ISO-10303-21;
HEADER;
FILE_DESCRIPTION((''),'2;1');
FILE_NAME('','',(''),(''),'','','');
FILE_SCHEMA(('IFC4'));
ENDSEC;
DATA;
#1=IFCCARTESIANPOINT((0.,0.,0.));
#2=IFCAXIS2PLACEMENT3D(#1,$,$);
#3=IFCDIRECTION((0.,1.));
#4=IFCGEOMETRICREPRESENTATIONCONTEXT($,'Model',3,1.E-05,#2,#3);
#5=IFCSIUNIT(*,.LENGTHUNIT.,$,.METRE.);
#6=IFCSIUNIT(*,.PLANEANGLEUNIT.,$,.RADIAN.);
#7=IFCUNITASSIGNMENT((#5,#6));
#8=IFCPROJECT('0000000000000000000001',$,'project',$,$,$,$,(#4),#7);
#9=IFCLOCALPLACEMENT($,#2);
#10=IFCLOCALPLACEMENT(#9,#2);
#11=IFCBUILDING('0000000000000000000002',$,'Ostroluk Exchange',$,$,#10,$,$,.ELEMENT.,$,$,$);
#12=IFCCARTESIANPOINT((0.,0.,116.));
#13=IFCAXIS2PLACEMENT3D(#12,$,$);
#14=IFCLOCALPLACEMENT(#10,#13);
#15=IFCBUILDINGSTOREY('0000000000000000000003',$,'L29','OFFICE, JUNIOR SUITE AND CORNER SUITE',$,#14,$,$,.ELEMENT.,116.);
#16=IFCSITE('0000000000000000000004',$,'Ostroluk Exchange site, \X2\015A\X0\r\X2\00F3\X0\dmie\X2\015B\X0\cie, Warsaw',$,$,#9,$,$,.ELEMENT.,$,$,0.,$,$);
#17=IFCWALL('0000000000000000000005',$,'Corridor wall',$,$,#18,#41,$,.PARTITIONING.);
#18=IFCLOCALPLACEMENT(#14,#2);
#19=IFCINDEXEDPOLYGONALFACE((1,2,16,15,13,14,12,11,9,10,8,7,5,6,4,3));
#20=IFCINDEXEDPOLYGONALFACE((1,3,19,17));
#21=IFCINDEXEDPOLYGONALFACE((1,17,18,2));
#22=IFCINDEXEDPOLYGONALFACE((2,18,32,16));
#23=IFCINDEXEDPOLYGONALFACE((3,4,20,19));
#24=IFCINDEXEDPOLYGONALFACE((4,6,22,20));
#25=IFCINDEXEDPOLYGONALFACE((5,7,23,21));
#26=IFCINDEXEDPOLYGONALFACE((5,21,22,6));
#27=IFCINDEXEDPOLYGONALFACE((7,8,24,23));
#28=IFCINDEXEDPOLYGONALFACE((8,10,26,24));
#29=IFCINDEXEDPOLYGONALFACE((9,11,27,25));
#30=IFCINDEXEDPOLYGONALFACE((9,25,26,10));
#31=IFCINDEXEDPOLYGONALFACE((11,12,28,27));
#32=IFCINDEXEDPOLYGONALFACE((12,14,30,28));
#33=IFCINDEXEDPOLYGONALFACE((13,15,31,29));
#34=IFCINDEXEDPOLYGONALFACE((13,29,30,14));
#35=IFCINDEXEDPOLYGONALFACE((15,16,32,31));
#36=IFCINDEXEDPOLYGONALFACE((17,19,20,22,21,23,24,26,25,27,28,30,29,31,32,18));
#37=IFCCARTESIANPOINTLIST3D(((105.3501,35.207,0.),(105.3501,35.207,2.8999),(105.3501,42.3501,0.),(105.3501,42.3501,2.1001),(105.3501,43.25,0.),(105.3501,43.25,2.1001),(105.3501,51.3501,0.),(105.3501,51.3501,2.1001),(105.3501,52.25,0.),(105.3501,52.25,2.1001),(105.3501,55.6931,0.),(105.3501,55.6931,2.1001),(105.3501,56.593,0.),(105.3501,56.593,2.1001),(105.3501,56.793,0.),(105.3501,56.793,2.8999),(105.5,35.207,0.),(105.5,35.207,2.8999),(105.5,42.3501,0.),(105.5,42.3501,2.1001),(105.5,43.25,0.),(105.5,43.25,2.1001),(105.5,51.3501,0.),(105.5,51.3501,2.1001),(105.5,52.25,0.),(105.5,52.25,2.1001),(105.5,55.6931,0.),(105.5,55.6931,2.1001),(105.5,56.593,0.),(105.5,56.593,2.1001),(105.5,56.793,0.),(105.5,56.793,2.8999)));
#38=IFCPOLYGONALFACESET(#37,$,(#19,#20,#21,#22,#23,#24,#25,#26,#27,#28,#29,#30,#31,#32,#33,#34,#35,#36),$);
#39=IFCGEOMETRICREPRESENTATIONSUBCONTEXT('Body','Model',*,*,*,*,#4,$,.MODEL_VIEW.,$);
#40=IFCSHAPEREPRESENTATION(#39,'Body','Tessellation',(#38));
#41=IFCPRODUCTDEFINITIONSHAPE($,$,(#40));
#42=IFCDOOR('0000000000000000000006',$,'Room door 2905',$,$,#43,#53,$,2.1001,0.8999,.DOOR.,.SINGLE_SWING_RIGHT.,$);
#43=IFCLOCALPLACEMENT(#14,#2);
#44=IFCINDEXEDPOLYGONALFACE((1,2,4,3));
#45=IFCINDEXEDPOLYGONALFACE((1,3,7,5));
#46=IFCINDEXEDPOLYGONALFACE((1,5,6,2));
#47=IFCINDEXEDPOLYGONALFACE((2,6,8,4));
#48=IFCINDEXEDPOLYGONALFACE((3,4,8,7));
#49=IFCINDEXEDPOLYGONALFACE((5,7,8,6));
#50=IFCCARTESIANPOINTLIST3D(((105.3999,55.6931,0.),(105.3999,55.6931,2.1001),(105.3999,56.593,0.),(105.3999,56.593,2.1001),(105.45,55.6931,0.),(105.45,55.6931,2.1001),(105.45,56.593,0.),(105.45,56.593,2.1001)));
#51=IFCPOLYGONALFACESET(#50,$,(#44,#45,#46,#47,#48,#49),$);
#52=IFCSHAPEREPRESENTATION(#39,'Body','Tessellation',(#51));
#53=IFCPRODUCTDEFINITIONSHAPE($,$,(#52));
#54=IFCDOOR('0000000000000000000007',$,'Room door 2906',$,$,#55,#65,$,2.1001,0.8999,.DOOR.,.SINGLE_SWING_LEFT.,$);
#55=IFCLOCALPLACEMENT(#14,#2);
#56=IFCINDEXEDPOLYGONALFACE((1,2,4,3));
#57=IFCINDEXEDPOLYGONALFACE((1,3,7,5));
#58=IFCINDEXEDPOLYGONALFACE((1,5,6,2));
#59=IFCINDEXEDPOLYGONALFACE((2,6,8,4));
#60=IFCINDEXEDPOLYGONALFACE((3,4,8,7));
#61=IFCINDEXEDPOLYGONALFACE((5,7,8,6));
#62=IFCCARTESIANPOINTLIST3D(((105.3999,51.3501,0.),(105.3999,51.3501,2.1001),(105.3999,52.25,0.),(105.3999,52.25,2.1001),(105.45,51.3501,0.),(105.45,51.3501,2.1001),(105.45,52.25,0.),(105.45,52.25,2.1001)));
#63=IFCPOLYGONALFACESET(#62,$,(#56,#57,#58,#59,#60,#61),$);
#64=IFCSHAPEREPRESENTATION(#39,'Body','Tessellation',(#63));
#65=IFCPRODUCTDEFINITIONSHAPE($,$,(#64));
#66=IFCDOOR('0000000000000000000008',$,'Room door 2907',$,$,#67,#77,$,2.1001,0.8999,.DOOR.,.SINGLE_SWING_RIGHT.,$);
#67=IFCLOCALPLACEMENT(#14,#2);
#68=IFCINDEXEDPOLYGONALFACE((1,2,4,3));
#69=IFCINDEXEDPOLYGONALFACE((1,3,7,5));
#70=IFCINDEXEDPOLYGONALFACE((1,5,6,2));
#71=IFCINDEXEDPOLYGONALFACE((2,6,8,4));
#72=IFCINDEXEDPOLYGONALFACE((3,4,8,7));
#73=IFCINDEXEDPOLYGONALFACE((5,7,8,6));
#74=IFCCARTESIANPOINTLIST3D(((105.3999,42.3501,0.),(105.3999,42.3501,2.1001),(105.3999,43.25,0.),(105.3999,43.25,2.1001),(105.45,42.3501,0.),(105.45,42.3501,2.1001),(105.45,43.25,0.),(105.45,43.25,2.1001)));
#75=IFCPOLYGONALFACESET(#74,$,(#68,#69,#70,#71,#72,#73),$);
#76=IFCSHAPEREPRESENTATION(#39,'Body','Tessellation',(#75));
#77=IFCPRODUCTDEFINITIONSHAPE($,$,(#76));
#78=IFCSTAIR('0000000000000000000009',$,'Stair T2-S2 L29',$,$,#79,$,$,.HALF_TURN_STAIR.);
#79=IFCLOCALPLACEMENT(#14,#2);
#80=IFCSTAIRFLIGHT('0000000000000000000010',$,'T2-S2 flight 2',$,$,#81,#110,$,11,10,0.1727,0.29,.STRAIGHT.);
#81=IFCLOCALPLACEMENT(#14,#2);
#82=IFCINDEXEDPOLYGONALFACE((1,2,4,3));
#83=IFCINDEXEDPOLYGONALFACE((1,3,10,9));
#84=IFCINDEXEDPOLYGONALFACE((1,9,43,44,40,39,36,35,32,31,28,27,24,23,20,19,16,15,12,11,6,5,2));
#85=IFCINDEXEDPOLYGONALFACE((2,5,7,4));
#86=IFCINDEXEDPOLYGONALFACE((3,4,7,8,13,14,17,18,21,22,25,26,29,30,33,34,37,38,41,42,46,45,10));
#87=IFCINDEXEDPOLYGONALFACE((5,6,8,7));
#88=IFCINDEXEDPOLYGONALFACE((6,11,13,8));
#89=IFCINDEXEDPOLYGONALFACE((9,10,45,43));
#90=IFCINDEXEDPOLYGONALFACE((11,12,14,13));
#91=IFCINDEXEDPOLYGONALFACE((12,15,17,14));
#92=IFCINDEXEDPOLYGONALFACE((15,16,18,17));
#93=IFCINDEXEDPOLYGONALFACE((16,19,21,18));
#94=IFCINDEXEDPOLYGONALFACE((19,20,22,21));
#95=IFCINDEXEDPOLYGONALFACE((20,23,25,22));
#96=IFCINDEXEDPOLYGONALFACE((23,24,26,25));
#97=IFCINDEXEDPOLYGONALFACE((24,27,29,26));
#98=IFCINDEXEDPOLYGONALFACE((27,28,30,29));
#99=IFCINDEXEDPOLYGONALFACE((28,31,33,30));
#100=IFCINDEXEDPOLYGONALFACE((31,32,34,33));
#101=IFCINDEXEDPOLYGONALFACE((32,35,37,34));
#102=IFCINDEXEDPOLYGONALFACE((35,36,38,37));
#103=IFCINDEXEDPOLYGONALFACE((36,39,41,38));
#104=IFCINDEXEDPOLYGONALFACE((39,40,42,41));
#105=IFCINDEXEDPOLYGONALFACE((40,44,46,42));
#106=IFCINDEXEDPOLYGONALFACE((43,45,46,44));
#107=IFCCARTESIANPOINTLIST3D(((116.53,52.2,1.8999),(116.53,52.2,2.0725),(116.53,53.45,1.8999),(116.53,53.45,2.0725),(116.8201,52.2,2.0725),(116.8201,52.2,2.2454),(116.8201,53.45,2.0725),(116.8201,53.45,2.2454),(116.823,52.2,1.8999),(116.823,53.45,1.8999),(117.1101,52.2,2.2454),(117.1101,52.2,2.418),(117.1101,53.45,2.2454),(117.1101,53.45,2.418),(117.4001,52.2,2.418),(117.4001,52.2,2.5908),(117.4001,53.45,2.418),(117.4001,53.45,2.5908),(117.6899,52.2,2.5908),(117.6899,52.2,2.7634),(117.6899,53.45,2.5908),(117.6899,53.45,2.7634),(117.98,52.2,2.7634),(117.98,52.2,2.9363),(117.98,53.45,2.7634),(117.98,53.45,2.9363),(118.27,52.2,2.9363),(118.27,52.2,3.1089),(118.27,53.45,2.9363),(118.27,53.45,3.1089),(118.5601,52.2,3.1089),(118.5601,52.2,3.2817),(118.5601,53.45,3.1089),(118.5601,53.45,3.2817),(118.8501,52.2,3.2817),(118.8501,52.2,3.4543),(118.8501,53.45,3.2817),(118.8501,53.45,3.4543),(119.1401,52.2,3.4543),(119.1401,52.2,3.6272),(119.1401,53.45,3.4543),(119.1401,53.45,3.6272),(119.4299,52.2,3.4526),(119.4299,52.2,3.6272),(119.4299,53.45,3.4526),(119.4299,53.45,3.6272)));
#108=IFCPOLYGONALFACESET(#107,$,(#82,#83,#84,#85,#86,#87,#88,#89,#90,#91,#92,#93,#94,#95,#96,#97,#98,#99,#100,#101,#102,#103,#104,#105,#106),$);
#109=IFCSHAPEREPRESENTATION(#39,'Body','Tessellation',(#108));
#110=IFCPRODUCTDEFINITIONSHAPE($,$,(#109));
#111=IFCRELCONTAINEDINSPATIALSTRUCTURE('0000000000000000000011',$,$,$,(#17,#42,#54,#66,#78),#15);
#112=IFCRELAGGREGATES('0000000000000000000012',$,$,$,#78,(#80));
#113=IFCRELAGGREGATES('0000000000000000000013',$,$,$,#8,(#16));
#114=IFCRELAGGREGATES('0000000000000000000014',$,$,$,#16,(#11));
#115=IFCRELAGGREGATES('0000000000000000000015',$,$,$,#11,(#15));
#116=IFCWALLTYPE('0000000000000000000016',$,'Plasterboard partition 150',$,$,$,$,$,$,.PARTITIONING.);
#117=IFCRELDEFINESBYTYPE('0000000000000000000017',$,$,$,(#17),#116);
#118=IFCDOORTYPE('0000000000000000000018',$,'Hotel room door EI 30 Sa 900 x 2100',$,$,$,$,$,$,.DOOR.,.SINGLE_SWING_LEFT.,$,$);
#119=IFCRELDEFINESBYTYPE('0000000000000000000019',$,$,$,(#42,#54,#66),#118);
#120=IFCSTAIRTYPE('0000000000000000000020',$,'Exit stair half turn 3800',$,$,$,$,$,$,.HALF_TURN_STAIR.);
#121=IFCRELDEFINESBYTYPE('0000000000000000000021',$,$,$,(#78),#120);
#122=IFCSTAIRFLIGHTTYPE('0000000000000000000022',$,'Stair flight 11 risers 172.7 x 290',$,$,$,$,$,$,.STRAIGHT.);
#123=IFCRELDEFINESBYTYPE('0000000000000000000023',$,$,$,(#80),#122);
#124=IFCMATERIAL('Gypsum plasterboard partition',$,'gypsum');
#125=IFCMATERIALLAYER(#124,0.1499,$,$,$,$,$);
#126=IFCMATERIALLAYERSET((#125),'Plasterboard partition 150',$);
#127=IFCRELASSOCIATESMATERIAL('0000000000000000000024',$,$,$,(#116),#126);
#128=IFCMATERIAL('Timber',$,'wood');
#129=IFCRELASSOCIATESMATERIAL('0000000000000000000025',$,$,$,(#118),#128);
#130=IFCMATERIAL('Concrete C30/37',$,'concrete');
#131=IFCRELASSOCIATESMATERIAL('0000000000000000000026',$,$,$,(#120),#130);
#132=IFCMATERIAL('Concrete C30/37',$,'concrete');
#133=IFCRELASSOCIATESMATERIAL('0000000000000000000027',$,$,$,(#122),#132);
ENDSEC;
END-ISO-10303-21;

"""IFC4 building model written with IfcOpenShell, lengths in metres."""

from ifc_helpers import new_model, si_unit, direction, frame, frame_2d, origin, place, context, subcontext, project, spatial, polyline, rectangle, outline, extrude, material, layer, layer_set, type_object, element, fill, aggregate, save


model = new_model("IFC4")

# Units and contexts
model_context = context("Model", 3, precision=1e-05, world=origin(), true_north=direction((0.0, 1.0)))
body_context = subcontext(model_context, "Body", "Model", "MODEL_VIEW")
ifc_project = project(units=[si_unit("LENGTHUNIT", "METRE"), si_unit("PLANEANGLEUNIT", "RADIAN")], contexts=[model_context])

# Site, building, storey
site_placement = place(None, origin())
site = spatial("IfcSite", under=ifc_project, at=site_placement, Name="Ostroluk Exchange site, Śródmieście, Warsaw", CompositionType="ELEMENT", RefElevation=0.0)
building_placement = place(site_placement, origin())
building = spatial("IfcBuilding", under=site, at=building_placement, Name="Ostroluk Exchange", CompositionType="ELEMENT")
storey_placement = place(building_placement, frame((0.0, 0.0, 116.0)))
storey = spatial("IfcBuildingStorey", under=building, at=storey_placement, Name="L29", Description="OFFICE, JUNIOR SUITE AND CORNER SUITE", CompositionType="ELEMENT", Elevation=116.0)

# Wall, openings, doors
ifc_material_1 = material(Name="Gypsum plasterboard partition", Category="gypsum")
ifc_layer_1 = layer(ifc_material_1, 0.1499)
ifc_layer_set_1 = layer_set([ifc_layer_1], Name="Plasterboard partition 150")
wall_type_1 = type_object("IfcWallType", Name="Plasterboard partition 150", PredefinedType="PARTITIONING", material=ifc_layer_set_1)
wall_1_placement = place(storey_placement, frame((105.425, 56.793, 0.0), z_axis=(0.0, 0.0, 1.0), x_axis=(0.0, -1.0, 0.0)))
wall_1 = element("IfcWall", 1, at=wall_1_placement, inside=storey, type_object=wall_type_1, Name="Corridor wall", PredefinedType="PARTITIONING", context=body_context, shape_type="SweptSolid", body=[
    extrude(rectangle(XDim=21.5859, YDim=0.1499, at=frame_2d((10.793, 0.0))), origin(), (0.0, 0.0, 1.0), 2.8999),
])
opening_1_placement = place(wall_1_placement, frame((0.2, 0.0, 0.0)))
opening_1 = element("IfcOpeningElement", 2, at=opening_1_placement, cuts=wall_1, PredefinedType="OPENING", context=body_context, shape_type="SweptSolid", body=[
    extrude(rectangle(XDim=0.8999, YDim=2.1001, at=frame_2d((0.45, 1.05))), frame((0.0, 0.085, 0.0), z_axis=(0.0, -1.0, 0.0), x_axis=(1.0, 0.0, 0.0)), (0.0, 0.0, 1.0), 0.1699),
])
opening_2_placement = place(wall_1_placement, frame((4.543, 0.0, 0.0)))
opening_2 = element("IfcOpeningElement", 3, at=opening_2_placement, cuts=wall_1, PredefinedType="OPENING", context=body_context, shape_type="SweptSolid", body=[
    extrude(rectangle(XDim=0.8999, YDim=2.1001, at=frame_2d((0.45, 1.05))), frame((0.0, 0.085, 0.0), z_axis=(0.0, -1.0, 0.0), x_axis=(1.0, 0.0, 0.0)), (0.0, 0.0, 1.0), 0.1699),
])
opening_3_placement = place(wall_1_placement, frame((13.543, 0.0, 0.0)))
opening_3 = element("IfcOpeningElement", 4, at=opening_3_placement, cuts=wall_1, PredefinedType="OPENING", context=body_context, shape_type="SweptSolid", body=[
    extrude(rectangle(XDim=0.8999, YDim=2.1001, at=frame_2d((0.45, 1.05))), frame((0.0, 0.085, 0.0), z_axis=(0.0, -1.0, 0.0), x_axis=(1.0, 0.0, 0.0)), (0.0, 0.0, 1.0), 0.1699),
])
ifc_material_2 = material(Name="Timber", Category="wood")
door_type_1 = type_object("IfcDoorType", Name="Hotel room door EI 30 Sa 900 x 2100", OperationType="SINGLE_SWING_LEFT", PredefinedType="DOOR", material=ifc_material_2)
door_1_placement = place(opening_1_placement, origin())
door_1 = element("IfcDoor", 5, at=door_1_placement, inside=storey, type_object=door_type_1, Name="Room door 2905", OperationType="SINGLE_SWING_RIGHT", OverallHeight=2.1001, OverallWidth=0.8999, PredefinedType="DOOR", context=body_context, shape_type="SweptSolid", body=[
    extrude(rectangle(XDim=0.8999, YDim=2.1001, at=frame_2d((0.45, 1.05))), frame((0.0, 0.0249, 0.0), z_axis=(0.0, -1.0, 0.0), x_axis=(1.0, 0.0, 0.0)), (0.0, 0.0, 1.0), 0.05),
])
fill(opening_1, door_1)
door_2_placement = place(opening_2_placement, origin())
door_2 = element("IfcDoor", 6, at=door_2_placement, inside=storey, type_object=door_type_1, Name="Room door 2906", OperationType="SINGLE_SWING_LEFT", OverallHeight=2.1001, OverallWidth=0.8999, PredefinedType="DOOR", context=body_context, shape_type="SweptSolid", body=[
    extrude(rectangle(XDim=0.8999, YDim=2.1001, at=frame_2d((0.45, 1.05))), frame((0.0, 0.0249, 0.0), z_axis=(0.0, -1.0, 0.0), x_axis=(1.0, 0.0, 0.0)), (0.0, 0.0, 1.0), 0.05),
])
fill(opening_2, door_2)
door_3_placement = place(opening_3_placement, origin())
door_3 = element("IfcDoor", 7, at=door_3_placement, inside=storey, type_object=door_type_1, Name="Room door 2907", OperationType="SINGLE_SWING_RIGHT", OverallHeight=2.1001, OverallWidth=0.8999, PredefinedType="DOOR", context=body_context, shape_type="SweptSolid", body=[
    extrude(rectangle(XDim=0.8999, YDim=2.1001, at=frame_2d((0.45, 1.05))), frame((0.0, 0.0249, 0.0), z_axis=(0.0, -1.0, 0.0), x_axis=(1.0, 0.0, 0.0)), (0.0, 0.0, 1.0), 0.05),
])
fill(opening_3, door_3)

# Stair, stair flight
ifc_material_3 = material(Name="Concrete C30/37", Category="concrete")
stair_type = type_object("IfcStairType", Name="Exit stair half turn 3800", PredefinedType="HALF_TURN_STAIR", material=ifc_material_3)
stair_placement = place(storey_placement, origin())
stair = element("IfcStair", 8, at=stair_placement, inside=storey, type_object=stair_type, Name="Stair T2-S2 L29", PredefinedType="HALF_TURN_STAIR")
ifc_material_4 = material(Name="Concrete C30/37", Category="concrete")
stair_flight_type = type_object("IfcStairFlightType", Name="Stair flight 11 risers 172.7 x 290", PredefinedType="STRAIGHT", material=ifc_material_4)
stair_flight_placement = place(storey_placement, frame((116.53, 52.825, 1.8999), z_axis=(0.0, 0.0, 1.0), x_axis=(1.0, 0.0, 0.0)))
stair_flight = element("IfcStairFlight", 9, at=stair_flight_placement, type_object=stair_flight_type, Name="T2-S2 flight 2", NumberOfRisers=11, NumberOfTreads=10, PredefinedType="STRAIGHT", RiserHeight=0.1727, TreadLength=0.29, context=body_context, shape_type="SweptSolid", body=[
    extrude(outline(polyline([(0.0, 0.0), (0.0, 0.1726), (0.29, 0.1726), (0.29, 0.3455), (0.5801, 0.3455), (0.5801, 0.5181), (0.8701, 0.5181), (0.8701, 0.6909), (1.1599, 0.6909), (1.1599, 0.8635), (1.45, 0.8635), (1.45, 1.0364), (1.74, 1.0364), (1.74, 1.209), (2.03, 1.209), (2.03, 1.3818), (2.3201, 1.3818), (2.3201, 1.5544), (2.6101, 1.5544), (2.6101, 1.7273), (2.8999, 1.7273), (2.8999, 1.8999), (2.8999, 1.5527), (0.293, 0.0), (0.0, 0.0)])), frame((0.0, 0.625, 0.0), z_axis=(0.0, -1.0, 0.0), x_axis=(1.0, 0.0, 0.0)), (0.0, 0.0, 1.0), 1.25),
])
aggregate(stair, [stair_flight])

save(model, "model.ifc")
